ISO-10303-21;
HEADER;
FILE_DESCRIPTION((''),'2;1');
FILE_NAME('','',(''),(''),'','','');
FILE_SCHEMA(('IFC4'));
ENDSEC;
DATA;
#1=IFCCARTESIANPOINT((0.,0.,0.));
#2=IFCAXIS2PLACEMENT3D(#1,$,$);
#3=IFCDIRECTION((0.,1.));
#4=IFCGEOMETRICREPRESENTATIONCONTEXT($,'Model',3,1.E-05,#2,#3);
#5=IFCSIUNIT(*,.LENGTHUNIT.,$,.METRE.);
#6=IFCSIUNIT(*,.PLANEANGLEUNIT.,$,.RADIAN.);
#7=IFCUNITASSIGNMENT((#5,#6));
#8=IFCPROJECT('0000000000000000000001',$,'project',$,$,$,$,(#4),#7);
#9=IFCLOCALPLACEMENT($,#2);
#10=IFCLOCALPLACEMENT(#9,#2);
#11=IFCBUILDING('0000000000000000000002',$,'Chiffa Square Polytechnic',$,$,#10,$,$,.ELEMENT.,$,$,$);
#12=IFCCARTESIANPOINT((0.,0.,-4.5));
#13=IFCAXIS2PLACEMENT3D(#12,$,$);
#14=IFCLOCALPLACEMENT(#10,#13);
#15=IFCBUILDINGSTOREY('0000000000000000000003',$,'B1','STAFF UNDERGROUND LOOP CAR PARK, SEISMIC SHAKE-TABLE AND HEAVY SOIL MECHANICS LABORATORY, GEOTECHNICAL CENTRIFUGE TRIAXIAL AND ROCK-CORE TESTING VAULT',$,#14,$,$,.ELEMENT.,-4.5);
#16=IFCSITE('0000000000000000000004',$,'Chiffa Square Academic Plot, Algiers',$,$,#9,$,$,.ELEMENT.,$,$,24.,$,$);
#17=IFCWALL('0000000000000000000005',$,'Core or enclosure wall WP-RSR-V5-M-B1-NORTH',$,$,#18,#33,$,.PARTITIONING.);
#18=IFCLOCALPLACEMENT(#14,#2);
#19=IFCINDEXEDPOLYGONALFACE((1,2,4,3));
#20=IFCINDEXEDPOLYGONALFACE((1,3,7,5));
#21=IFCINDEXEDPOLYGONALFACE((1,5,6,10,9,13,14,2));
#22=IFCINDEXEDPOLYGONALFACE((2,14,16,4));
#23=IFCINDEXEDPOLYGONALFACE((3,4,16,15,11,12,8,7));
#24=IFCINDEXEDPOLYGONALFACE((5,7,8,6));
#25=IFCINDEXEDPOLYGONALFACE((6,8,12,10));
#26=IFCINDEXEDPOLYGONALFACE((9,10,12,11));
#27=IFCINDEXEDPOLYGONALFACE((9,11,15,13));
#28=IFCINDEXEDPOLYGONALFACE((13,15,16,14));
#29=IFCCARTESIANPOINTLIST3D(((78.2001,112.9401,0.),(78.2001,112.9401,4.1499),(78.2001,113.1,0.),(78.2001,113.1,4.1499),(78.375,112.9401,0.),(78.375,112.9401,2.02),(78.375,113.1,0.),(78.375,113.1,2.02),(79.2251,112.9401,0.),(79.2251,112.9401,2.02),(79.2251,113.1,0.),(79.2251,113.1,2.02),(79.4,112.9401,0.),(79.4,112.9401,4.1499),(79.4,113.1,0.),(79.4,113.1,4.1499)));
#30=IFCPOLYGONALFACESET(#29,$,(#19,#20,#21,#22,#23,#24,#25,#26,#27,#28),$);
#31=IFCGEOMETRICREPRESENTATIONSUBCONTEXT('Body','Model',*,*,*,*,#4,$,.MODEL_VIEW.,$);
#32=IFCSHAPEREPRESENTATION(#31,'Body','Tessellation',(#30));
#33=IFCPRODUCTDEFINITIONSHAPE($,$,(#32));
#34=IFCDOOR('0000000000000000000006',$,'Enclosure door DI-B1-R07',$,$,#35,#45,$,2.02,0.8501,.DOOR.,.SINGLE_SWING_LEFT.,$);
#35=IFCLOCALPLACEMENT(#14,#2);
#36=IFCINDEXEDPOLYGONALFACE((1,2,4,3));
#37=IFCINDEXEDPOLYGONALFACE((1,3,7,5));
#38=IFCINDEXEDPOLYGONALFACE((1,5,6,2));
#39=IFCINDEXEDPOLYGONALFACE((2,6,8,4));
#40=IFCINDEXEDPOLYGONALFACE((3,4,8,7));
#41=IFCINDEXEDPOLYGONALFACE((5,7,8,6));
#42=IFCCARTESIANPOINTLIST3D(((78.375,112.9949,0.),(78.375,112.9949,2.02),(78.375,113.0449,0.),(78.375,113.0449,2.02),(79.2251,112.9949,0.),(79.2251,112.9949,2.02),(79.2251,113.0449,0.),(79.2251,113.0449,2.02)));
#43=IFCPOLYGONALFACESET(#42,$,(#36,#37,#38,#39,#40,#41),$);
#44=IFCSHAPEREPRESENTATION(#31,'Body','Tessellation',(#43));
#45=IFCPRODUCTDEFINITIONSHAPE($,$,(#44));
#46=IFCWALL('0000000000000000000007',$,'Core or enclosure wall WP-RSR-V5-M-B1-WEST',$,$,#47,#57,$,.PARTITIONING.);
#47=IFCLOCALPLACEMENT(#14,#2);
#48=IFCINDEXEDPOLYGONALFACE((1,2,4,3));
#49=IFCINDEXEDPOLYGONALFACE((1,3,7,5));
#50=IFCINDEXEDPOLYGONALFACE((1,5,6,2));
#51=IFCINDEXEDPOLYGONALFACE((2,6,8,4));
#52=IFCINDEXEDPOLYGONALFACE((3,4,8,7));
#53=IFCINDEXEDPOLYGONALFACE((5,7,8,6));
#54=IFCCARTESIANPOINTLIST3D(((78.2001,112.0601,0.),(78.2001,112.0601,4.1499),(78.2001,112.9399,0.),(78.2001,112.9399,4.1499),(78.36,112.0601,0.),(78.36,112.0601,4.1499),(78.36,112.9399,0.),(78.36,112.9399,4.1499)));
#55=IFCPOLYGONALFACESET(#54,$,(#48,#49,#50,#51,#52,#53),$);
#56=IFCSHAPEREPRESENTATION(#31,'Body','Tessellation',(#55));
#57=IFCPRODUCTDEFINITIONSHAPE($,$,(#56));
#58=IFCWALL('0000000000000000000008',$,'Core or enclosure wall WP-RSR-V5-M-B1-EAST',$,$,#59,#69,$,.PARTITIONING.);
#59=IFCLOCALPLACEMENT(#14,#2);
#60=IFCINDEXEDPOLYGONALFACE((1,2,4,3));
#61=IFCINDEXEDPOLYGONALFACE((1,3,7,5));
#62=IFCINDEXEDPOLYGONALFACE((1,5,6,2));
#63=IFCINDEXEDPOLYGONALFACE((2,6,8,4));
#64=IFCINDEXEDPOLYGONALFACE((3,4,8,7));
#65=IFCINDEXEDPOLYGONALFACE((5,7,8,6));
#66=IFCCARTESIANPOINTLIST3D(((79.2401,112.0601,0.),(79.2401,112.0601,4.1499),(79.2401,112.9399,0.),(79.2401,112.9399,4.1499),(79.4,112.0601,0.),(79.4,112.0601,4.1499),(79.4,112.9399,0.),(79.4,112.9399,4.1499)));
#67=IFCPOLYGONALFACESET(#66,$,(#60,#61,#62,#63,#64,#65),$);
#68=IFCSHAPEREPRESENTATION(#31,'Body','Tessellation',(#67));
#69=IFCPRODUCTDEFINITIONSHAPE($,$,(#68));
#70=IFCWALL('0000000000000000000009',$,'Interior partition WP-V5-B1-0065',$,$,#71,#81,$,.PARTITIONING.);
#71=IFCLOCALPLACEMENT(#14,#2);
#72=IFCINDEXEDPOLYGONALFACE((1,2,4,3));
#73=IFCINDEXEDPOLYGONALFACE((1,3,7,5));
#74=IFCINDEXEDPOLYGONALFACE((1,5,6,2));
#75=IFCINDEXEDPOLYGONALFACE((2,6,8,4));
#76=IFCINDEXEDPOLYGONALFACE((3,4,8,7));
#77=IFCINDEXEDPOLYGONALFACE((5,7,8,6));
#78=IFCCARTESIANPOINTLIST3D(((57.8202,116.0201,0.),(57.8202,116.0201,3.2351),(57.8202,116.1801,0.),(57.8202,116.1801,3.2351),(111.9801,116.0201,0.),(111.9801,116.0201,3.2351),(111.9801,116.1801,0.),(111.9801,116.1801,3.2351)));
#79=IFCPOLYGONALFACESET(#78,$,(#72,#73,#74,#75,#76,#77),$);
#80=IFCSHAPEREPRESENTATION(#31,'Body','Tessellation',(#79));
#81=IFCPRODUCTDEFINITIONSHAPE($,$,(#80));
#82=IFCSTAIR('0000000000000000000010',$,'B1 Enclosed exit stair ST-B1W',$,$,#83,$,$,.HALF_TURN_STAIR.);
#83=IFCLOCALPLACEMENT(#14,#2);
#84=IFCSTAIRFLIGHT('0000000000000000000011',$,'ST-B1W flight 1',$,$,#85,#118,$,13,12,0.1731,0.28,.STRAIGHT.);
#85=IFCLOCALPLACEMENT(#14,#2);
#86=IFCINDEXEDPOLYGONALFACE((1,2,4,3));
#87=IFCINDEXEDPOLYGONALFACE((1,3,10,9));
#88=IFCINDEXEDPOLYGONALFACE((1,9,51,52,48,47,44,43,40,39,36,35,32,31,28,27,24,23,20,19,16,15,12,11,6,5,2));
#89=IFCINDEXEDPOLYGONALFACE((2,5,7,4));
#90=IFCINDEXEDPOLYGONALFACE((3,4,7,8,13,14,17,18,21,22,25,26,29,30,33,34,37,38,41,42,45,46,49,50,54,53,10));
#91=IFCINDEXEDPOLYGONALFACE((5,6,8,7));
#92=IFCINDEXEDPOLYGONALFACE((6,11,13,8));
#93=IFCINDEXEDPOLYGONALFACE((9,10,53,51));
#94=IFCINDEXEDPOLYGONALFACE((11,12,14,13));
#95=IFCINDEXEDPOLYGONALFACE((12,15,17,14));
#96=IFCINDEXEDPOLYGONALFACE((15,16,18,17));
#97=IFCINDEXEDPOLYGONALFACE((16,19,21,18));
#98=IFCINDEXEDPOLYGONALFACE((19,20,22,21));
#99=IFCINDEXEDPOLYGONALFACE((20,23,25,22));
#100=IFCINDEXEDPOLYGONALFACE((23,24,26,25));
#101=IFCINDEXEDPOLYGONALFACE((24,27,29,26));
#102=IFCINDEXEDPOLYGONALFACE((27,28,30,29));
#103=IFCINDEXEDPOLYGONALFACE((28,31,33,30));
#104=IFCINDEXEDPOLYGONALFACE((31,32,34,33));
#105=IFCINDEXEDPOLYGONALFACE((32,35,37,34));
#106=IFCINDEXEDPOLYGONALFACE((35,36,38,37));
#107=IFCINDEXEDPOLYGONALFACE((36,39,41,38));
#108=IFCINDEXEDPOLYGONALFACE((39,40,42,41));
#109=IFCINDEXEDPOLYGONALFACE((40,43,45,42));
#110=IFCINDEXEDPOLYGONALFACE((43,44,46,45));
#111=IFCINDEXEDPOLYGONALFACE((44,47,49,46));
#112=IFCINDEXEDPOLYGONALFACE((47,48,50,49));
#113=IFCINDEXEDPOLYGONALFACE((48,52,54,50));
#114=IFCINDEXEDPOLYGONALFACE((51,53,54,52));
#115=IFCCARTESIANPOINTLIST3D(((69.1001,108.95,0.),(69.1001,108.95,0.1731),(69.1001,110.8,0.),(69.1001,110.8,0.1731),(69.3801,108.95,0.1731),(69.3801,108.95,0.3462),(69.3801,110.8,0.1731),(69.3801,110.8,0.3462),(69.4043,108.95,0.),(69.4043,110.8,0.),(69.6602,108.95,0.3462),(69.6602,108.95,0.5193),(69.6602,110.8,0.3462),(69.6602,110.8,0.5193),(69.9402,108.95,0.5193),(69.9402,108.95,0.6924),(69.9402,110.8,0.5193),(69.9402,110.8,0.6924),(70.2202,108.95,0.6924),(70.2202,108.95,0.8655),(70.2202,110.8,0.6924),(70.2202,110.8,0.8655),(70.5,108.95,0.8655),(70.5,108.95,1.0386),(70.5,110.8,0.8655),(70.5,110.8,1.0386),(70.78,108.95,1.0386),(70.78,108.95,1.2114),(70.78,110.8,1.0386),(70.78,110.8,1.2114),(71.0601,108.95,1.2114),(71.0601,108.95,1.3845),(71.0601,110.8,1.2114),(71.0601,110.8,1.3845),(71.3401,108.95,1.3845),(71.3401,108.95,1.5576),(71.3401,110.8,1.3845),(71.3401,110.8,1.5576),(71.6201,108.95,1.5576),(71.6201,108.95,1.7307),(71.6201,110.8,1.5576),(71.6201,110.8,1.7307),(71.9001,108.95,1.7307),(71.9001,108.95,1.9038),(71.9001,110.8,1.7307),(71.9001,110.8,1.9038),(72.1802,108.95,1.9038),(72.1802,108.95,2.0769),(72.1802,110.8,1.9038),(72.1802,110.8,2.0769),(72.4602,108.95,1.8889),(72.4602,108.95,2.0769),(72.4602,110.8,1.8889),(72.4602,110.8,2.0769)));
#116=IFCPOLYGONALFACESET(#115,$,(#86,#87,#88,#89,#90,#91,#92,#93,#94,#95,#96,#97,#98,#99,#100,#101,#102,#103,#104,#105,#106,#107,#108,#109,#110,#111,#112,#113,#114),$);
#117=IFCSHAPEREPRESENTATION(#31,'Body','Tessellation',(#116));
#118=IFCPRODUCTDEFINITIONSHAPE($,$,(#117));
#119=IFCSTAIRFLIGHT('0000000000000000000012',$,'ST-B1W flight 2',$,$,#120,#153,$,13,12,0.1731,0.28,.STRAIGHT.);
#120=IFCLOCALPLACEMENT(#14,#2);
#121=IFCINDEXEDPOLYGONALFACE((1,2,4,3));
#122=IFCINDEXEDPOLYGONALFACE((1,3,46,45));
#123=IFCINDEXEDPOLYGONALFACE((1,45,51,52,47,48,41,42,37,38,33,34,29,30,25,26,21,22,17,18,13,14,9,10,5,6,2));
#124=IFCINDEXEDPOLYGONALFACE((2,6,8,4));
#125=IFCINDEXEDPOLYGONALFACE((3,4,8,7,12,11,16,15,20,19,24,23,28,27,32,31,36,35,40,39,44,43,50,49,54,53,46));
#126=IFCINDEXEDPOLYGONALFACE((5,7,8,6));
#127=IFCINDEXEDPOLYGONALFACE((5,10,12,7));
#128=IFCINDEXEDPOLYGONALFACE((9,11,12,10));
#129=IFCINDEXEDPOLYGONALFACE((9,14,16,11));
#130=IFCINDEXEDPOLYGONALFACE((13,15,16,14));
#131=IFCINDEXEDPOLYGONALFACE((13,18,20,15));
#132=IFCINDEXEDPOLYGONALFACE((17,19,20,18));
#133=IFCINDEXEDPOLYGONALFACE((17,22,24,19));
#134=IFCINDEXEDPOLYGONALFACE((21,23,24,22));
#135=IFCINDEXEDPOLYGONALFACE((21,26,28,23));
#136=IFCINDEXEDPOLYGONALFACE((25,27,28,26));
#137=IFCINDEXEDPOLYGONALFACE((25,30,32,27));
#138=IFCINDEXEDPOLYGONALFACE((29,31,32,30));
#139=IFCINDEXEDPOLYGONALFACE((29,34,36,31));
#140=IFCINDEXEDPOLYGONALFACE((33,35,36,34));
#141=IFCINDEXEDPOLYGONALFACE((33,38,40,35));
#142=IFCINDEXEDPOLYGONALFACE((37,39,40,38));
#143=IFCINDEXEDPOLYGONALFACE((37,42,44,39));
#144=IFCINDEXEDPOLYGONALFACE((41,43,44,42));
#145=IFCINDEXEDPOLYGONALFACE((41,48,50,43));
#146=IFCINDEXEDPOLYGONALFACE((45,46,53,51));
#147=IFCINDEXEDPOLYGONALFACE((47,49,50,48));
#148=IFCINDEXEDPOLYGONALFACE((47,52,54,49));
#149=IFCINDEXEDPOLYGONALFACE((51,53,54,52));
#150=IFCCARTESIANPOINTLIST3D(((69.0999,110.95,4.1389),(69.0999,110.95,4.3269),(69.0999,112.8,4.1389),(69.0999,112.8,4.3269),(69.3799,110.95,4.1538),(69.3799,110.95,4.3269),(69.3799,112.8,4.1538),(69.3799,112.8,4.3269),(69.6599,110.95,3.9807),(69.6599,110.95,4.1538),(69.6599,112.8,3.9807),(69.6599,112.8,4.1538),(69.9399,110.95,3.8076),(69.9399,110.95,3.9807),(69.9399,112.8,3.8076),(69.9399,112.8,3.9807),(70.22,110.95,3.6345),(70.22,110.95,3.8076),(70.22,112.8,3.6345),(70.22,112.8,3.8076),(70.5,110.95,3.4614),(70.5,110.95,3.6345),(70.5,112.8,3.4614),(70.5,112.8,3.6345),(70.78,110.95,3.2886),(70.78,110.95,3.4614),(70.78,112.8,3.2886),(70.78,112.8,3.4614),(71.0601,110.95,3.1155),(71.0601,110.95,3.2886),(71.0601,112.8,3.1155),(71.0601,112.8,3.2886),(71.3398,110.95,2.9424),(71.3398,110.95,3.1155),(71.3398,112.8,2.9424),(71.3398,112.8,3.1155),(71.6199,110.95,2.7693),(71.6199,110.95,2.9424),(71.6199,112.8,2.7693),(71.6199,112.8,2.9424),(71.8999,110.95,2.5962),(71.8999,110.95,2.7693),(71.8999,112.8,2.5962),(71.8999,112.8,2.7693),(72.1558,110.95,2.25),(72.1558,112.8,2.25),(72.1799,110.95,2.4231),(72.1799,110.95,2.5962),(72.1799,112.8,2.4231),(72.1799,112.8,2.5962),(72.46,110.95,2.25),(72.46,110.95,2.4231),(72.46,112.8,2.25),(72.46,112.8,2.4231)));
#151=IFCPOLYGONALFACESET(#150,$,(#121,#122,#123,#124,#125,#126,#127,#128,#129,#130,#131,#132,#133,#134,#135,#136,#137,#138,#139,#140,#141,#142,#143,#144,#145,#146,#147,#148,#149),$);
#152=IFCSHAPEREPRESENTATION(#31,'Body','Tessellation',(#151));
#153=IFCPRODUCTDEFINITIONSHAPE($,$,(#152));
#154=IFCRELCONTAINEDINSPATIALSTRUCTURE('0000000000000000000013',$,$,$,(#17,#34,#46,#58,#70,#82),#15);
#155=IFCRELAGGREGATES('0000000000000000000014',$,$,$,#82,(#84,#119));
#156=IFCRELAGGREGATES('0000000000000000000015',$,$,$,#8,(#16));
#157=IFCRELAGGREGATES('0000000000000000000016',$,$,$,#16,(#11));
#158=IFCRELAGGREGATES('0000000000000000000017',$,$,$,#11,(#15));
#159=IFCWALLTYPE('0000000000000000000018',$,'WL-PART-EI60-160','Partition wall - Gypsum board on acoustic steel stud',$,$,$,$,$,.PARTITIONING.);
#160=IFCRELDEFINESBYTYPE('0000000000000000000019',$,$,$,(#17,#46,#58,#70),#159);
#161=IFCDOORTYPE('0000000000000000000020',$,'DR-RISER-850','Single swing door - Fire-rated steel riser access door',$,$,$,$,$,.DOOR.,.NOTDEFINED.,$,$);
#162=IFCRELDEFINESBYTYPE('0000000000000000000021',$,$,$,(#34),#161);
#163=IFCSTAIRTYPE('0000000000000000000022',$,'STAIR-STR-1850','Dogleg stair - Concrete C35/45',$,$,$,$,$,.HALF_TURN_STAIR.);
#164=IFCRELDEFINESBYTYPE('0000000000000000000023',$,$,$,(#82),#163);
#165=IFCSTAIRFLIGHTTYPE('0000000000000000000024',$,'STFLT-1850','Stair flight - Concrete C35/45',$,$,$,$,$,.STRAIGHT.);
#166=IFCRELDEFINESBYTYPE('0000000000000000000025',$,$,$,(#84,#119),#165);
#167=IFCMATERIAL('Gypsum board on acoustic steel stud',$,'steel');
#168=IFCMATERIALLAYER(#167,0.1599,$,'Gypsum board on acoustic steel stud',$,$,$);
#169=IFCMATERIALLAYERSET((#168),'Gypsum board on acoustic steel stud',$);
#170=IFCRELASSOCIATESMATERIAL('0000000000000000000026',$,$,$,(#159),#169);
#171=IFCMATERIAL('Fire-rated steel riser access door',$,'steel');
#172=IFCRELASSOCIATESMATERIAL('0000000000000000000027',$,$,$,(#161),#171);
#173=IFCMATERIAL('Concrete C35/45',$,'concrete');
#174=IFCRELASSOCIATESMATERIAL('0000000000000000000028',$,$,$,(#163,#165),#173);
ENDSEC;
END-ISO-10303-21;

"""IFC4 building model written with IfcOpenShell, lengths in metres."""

from ifc_helpers import new_model, si_unit, direction, frame, frame_2d, origin, place, context, subcontext, project, spatial, polyline, rectangle, outline, extrude, material, layer, layer_set, type_object, element, fill, aggregate, save


model = new_model("IFC4")

# Units and contexts
model_context = context("Model", 3, precision=1e-05, world=origin(), true_north=direction((0.0, 1.0)))
body_context = subcontext(model_context, "Body", "Model", "MODEL_VIEW")
ifc_project = project(units=[si_unit("LENGTHUNIT", "METRE"), si_unit("PLANEANGLEUNIT", "RADIAN")], contexts=[model_context])

# Site, building, storey
site_placement = place(None, origin())
site = spatial("IfcSite", under=ifc_project, at=site_placement, Name="Chiffa Square Academic Plot, Algiers", CompositionType="ELEMENT", RefElevation=24.0)
building_placement = place(site_placement, origin())
building = spatial("IfcBuilding", under=site, at=building_placement, Name="Chiffa Square Polytechnic", CompositionType="ELEMENT")
storey_placement = place(building_placement, frame((0.0, 0.0, -4.5)))
storey = spatial("IfcBuildingStorey", under=building, at=storey_placement, Name="B1", Description="STAFF UNDERGROUND LOOP CAR PARK, SEISMIC SHAKE-TABLE AND HEAVY SOIL MECHANICS LABORATORY, GEOTECHNICAL CENTRIFUGE TRIAXIAL AND ROCK-CORE TESTING VAULT", CompositionType="ELEMENT", Elevation=-4.5)

# Shared definitions
ifc_material_1 = material(Name="Concrete C35/45", Category="concrete")

# Shared definitions
ifc_material_2 = material(Name="Gypsum board on acoustic steel stud", Category="steel")
ifc_layer_1 = layer(ifc_material_2, 0.1599, Name="Gypsum board on acoustic steel stud")
ifc_layer_set_1 = layer_set([ifc_layer_1], Name="Gypsum board on acoustic steel stud")
wall_type_1 = type_object("IfcWallType", Name="WL-PART-EI60-160", Description="Partition wall - Gypsum board on acoustic steel stud", PredefinedType="PARTITIONING", material=ifc_layer_set_1)

# Wall, opening, door
wall_1_placement = place(storey_placement, frame((78.2, 113.02, 0.0), z_axis=(0.0, 0.0, 1.0), x_axis=(1.0, 0.0, 0.0)))
wall_1 = element("IfcWall", 1, at=wall_1_placement, inside=storey, type_object=wall_type_1, Name="Core or enclosure wall WP-RSR-V5-M-B1-NORTH", PredefinedType="PARTITIONING", context=body_context, shape_type="SweptSolid", body=[
    extrude(rectangle(XDim=1.2, YDim=0.1599, at=frame_2d((0.6001, 0.0))), origin(), (0.0, 0.0, 1.0), 4.1499),
])
opening_1_placement = place(wall_1_placement, frame((0.175, 0.0, 0.0)))
opening_1 = element("IfcOpeningElement", 2, at=opening_1_placement, cuts=wall_1, PredefinedType="OPENING", context=body_context, shape_type="SweptSolid", body=[
    extrude(rectangle(XDim=0.8501, YDim=2.02, at=frame_2d((0.425, 1.01))), frame((0.0, 0.0898, 0.0), z_axis=(0.0, -1.0, 0.0), x_axis=(1.0, 0.0, 0.0)), (0.0, 0.0, 1.0), 0.1799),
])
ifc_material_3 = material(Name="Fire-rated steel riser access door", Category="steel")
door_type_1 = type_object("IfcDoorType", Name="DR-RISER-850", Description="Single swing door - Fire-rated steel riser access door", OperationType="NOTDEFINED", PredefinedType="DOOR", material=ifc_material_3)
door_1_placement = place(opening_1_placement, origin())
door_1 = element("IfcDoor", 3, at=door_1_placement, inside=storey, type_object=door_type_1, Name="Enclosure door DI-B1-R07", OperationType="SINGLE_SWING_LEFT", OverallHeight=2.02, OverallWidth=0.8501, PredefinedType="DOOR", context=body_context, shape_type="SweptSolid", body=[
    extrude(rectangle(XDim=0.8501, YDim=2.02, at=frame_2d((0.425, 1.01))), frame((0.0, 0.0249, 0.0), z_axis=(0.0, -1.0, 0.0), x_axis=(1.0, 0.0, 0.0)), (0.0, 0.0, 1.0), 0.05),
])
fill(opening_1, door_1)

# Walls
for number, where, z_axis, x_axis, name in (
    (4, (78.28, 112.0601, 0.0), (0.0, 0.0, 1.0), (0.0, 1.0, 0.0), "Core or enclosure wall WP-RSR-V5-M-B1-WEST"),
    (5, (79.3201, 112.0601, 0.0), (0.0, 0.0, 1.0), (0.0, 1.0, 0.0), "Core or enclosure wall WP-RSR-V5-M-B1-EAST"),
):
    element("IfcWall", number, at=place(storey_placement, frame(where, z_axis=z_axis, x_axis=x_axis)), inside=storey, type_object=wall_type_1, Name=name, PredefinedType="PARTITIONING", context=body_context, shape_type="SweptSolid", body=[
        extrude(rectangle(XDim=0.8799, YDim=0.1599, at=frame_2d((0.4399, 0.0))), origin(), (0.0, 0.0, 1.0), 4.1499),
    ])
wall_2_placement = place(storey_placement, frame((57.8201, 116.1001, 0.0), z_axis=(0.0, 0.0, 1.0), x_axis=(1.0, 0.0, 0.0)))
element("IfcWall", 6, at=wall_2_placement, inside=storey, type_object=wall_type_1, Name="Interior partition WP-V5-B1-0065", PredefinedType="PARTITIONING", context=body_context, shape_type="SweptSolid", body=[
    extrude(rectangle(XDim=54.1599, YDim=0.1599, at=frame_2d((27.0801, 0.0))), origin(), (0.0, 0.0, 1.0), 3.2351),
])

# Stair, stair flights
stair_type = type_object("IfcStairType", Name="STAIR-STR-1850", Description="Dogleg stair - Concrete C35/45", PredefinedType="HALF_TURN_STAIR", material=ifc_material_1)
stair_placement = place(storey_placement, origin())
stair = element("IfcStair", 7, at=stair_placement, inside=storey, type_object=stair_type, Name="B1 Enclosed exit stair ST-B1W", PredefinedType="HALF_TURN_STAIR")
stair_flight_type = type_object("IfcStairFlightType", Name="STFLT-1850", Description="Stair flight - Concrete C35/45", PredefinedType="STRAIGHT", material=ifc_material_1)
stair_flight_1_placement = place(storey_placement, frame((69.1001, 109.875, 0.0), z_axis=(0.0, 0.0, 1.0), x_axis=(1.0, 0.0, 0.0)))
stair_flight_1 = element("IfcStairFlight", 8, at=stair_flight_1_placement, type_object=stair_flight_type, Name="ST-B1W flight 1", NumberOfRisers=13, NumberOfTreads=12, PredefinedType="STRAIGHT", RiserHeight=0.1731, TreadLength=0.28, context=body_context, shape_type="SweptSolid", body=[
    extrude(outline(polyline([(0.0, 0.0), (0.0, 0.1731), (0.28, 0.1731), (0.28, 0.3462), (0.5601, 0.3462), (0.5601, 0.5193), (0.8401, 0.5193), (0.8401, 0.6924), (1.1201, 0.6924), (1.1201, 0.8655), (1.3999, 0.8655), (1.3999, 1.0386), (1.6799, 1.0386), (1.6799, 1.2114), (1.96, 1.2114), (1.96, 1.3845), (2.24, 1.3845), (2.24, 1.5576), (2.52, 1.5576), (2.52, 1.7307), (2.8, 1.7307), (2.8, 1.9038), (3.0801, 1.9038), (3.0801, 2.0769), (3.3601, 2.0769), (3.3601, 2.25), (3.3601, 1.8889), (0.3042, 0.0), (0.0, 0.0)])), frame((0.0, 0.925, 0.0), z_axis=(0.0, -1.0, 0.0), x_axis=(1.0, 0.0, 0.0)), (0.0, 0.0, 1.0), 1.8501),
])
stair_flight_2_placement = place(storey_placement, frame((72.46, 111.875, 2.25), z_axis=(0.0, 0.0, 1.0), x_axis=(-1.0, 0.0, 0.0)))
stair_flight_2 = element("IfcStairFlight", 9, at=stair_flight_2_placement, type_object=stair_flight_type, Name="ST-B1W flight 2", NumberOfRisers=13, NumberOfTreads=12, PredefinedType="STRAIGHT", RiserHeight=0.1731, TreadLength=0.28, context=body_context, shape_type="SweptSolid", body=[
    extrude(outline(polyline([(0.0, 0.0), (0.0, 0.1731), (0.28, 0.1731), (0.28, 0.3462), (0.5601, 0.3462), (0.5601, 0.5193), (0.8401, 0.5193), (0.8401, 0.6924), (1.1201, 0.6924), (1.1201, 0.8655), (1.3999, 0.8655), (1.3999, 1.0386), (1.6799, 1.0386), (1.6799, 1.2114), (1.96, 1.2114), (1.96, 1.3845), (2.24, 1.3845), (2.24, 1.5576), (2.52, 1.5576), (2.52, 1.7307), (2.8, 1.7307), (2.8, 1.9038), (3.0801, 1.9038), (3.0801, 2.0769), (3.3601, 2.0769), (3.3601, 2.25), (3.3601, 1.8889), (0.3042, 0.0), (0.0, 0.0)])), frame((0.0, 0.925, 0.0), z_axis=(0.0, -1.0, 0.0), x_axis=(1.0, 0.0, 0.0)), (0.0, 0.0, 1.0), 1.8501),
])
aggregate(stair, [stair_flight_1, stair_flight_2])

save(model, "model.ifc")
